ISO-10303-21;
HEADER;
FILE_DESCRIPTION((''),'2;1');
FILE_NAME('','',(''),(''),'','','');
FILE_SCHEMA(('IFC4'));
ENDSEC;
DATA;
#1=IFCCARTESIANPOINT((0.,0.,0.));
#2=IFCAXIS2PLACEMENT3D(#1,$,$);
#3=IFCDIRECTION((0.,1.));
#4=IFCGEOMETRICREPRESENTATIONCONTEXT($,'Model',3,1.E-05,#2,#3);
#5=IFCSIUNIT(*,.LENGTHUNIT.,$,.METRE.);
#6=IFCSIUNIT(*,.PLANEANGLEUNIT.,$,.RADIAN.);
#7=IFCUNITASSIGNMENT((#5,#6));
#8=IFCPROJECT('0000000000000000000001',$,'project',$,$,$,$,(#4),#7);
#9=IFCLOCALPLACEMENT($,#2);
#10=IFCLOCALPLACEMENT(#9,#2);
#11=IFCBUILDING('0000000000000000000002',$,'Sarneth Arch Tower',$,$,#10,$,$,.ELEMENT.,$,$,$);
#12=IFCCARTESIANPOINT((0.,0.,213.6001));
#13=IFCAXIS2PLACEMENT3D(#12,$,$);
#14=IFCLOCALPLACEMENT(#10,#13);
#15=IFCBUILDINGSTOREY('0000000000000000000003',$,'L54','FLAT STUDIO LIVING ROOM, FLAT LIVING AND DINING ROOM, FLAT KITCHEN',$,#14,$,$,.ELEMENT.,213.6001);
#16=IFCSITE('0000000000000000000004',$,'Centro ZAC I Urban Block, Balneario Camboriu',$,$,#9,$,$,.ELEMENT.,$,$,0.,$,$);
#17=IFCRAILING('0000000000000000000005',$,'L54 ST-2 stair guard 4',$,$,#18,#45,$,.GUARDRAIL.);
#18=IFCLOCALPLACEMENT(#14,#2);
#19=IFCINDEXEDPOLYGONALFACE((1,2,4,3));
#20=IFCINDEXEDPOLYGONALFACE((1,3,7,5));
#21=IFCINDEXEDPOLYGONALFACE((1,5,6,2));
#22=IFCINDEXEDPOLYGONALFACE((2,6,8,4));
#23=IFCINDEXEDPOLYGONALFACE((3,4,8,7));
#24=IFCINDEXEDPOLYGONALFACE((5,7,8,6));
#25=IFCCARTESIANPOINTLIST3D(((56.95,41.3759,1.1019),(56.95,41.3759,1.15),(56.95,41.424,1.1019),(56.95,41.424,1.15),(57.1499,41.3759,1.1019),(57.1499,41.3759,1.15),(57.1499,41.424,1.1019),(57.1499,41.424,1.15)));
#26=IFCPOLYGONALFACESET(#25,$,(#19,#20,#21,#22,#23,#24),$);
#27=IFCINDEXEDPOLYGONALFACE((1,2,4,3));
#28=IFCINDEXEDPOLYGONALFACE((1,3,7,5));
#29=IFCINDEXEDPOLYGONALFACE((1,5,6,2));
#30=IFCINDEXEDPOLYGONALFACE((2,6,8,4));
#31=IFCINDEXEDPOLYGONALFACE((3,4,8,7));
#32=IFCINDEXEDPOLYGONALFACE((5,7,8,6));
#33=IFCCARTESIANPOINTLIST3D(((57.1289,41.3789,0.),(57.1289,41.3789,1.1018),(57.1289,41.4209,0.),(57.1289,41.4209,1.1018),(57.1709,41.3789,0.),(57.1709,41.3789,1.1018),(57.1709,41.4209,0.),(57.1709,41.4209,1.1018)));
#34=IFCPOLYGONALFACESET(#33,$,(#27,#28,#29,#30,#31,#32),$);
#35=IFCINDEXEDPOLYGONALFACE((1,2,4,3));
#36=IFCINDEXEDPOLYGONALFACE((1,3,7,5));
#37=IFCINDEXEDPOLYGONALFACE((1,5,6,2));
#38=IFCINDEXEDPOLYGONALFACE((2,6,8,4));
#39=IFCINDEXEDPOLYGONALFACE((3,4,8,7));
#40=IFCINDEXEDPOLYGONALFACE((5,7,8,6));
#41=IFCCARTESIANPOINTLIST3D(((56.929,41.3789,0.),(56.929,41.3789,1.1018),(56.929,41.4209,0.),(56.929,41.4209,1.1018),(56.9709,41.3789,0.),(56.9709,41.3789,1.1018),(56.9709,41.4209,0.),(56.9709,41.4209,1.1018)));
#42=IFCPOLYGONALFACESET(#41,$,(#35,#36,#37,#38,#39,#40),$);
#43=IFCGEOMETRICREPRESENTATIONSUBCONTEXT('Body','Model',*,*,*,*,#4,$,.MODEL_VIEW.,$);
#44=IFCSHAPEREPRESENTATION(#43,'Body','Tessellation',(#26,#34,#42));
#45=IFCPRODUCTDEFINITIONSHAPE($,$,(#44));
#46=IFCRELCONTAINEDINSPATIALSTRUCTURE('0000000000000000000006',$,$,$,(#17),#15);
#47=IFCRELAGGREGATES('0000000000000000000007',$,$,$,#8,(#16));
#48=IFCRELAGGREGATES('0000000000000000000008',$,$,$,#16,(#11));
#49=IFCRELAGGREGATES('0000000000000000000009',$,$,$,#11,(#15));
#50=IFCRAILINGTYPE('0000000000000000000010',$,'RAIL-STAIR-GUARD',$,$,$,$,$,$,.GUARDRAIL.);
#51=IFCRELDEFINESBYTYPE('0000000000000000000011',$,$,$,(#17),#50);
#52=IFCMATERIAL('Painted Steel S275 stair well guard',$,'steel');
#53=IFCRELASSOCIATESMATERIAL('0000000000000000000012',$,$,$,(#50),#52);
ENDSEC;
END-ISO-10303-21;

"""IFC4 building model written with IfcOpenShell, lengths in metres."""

from ifc_helpers import new_model, si_unit, direction, frame, origin, origin_2d, place, context, subcontext, project, spatial, rectangle, extrude, material, type_object, element, save


model = new_model("IFC4")

# Units and contexts
model_context = context("Model", 3, precision=1e-05, world=origin(), true_north=direction((0.0, 1.0)))
body_context = subcontext(model_context, "Body", "Model", "MODEL_VIEW")
ifc_project = project(units=[si_unit("LENGTHUNIT", "METRE"), si_unit("PLANEANGLEUNIT", "RADIAN")], contexts=[model_context])

# Site, building, storey
site_placement = place(None, origin())
site = spatial("IfcSite", under=ifc_project, at=site_placement, Name="Centro ZAC I Urban Block, Balneario Camboriu", CompositionType="ELEMENT", RefElevation=0.0)
building_placement = place(site_placement, origin())
building = spatial("IfcBuilding", under=site, at=building_placement, Name="Sarneth Arch Tower", CompositionType="ELEMENT")
storey_placement = place(building_placement, frame((0.0, 0.0, 213.6001)))
storey = spatial("IfcBuildingStorey", under=building, at=storey_placement, Name="L54", Description="FLAT STUDIO LIVING ROOM, FLAT LIVING AND DINING ROOM, FLAT KITCHEN", CompositionType="ELEMENT", Elevation=213.6001)

# Railing
ifc_material_1 = material(Name="Painted Steel S275 stair well guard", Category="steel")
railing_type = type_object("IfcRailingType", Name="RAIL-STAIR-GUARD", PredefinedType="GUARDRAIL", material=ifc_material_1)
railing_1_placement = place(storey_placement, frame((57.1499, 41.3999, 0.0)))
element("IfcRailing", 1, at=railing_1_placement, inside=storey, type_object=railing_type, Name="L54 ST-2 stair guard 4", PredefinedType="GUARDRAIL", context=body_context, shape_type="SweptSolid", body=[
    extrude(rectangle(XDim=0.0481, YDim=0.0481, at=origin_2d()), frame((0.0, 0.0, 1.126), z_axis=(-1.0, 0.0, 0.0), x_axis=(0.0, -1.0, 0.0)), (0.0, 0.0, 1.0), 0.2),
    extrude(rectangle(XDim=0.042, YDim=0.042, at=origin_2d()), origin(), (0.0, 0.0, 1.0), 1.1018),
    extrude(rectangle(XDim=0.042, YDim=0.042, at=origin_2d()), frame((-0.2, 0.0, 0.0)), (0.0, 0.0, 1.0), 1.1018),
])

save(model, "model.ifc")
